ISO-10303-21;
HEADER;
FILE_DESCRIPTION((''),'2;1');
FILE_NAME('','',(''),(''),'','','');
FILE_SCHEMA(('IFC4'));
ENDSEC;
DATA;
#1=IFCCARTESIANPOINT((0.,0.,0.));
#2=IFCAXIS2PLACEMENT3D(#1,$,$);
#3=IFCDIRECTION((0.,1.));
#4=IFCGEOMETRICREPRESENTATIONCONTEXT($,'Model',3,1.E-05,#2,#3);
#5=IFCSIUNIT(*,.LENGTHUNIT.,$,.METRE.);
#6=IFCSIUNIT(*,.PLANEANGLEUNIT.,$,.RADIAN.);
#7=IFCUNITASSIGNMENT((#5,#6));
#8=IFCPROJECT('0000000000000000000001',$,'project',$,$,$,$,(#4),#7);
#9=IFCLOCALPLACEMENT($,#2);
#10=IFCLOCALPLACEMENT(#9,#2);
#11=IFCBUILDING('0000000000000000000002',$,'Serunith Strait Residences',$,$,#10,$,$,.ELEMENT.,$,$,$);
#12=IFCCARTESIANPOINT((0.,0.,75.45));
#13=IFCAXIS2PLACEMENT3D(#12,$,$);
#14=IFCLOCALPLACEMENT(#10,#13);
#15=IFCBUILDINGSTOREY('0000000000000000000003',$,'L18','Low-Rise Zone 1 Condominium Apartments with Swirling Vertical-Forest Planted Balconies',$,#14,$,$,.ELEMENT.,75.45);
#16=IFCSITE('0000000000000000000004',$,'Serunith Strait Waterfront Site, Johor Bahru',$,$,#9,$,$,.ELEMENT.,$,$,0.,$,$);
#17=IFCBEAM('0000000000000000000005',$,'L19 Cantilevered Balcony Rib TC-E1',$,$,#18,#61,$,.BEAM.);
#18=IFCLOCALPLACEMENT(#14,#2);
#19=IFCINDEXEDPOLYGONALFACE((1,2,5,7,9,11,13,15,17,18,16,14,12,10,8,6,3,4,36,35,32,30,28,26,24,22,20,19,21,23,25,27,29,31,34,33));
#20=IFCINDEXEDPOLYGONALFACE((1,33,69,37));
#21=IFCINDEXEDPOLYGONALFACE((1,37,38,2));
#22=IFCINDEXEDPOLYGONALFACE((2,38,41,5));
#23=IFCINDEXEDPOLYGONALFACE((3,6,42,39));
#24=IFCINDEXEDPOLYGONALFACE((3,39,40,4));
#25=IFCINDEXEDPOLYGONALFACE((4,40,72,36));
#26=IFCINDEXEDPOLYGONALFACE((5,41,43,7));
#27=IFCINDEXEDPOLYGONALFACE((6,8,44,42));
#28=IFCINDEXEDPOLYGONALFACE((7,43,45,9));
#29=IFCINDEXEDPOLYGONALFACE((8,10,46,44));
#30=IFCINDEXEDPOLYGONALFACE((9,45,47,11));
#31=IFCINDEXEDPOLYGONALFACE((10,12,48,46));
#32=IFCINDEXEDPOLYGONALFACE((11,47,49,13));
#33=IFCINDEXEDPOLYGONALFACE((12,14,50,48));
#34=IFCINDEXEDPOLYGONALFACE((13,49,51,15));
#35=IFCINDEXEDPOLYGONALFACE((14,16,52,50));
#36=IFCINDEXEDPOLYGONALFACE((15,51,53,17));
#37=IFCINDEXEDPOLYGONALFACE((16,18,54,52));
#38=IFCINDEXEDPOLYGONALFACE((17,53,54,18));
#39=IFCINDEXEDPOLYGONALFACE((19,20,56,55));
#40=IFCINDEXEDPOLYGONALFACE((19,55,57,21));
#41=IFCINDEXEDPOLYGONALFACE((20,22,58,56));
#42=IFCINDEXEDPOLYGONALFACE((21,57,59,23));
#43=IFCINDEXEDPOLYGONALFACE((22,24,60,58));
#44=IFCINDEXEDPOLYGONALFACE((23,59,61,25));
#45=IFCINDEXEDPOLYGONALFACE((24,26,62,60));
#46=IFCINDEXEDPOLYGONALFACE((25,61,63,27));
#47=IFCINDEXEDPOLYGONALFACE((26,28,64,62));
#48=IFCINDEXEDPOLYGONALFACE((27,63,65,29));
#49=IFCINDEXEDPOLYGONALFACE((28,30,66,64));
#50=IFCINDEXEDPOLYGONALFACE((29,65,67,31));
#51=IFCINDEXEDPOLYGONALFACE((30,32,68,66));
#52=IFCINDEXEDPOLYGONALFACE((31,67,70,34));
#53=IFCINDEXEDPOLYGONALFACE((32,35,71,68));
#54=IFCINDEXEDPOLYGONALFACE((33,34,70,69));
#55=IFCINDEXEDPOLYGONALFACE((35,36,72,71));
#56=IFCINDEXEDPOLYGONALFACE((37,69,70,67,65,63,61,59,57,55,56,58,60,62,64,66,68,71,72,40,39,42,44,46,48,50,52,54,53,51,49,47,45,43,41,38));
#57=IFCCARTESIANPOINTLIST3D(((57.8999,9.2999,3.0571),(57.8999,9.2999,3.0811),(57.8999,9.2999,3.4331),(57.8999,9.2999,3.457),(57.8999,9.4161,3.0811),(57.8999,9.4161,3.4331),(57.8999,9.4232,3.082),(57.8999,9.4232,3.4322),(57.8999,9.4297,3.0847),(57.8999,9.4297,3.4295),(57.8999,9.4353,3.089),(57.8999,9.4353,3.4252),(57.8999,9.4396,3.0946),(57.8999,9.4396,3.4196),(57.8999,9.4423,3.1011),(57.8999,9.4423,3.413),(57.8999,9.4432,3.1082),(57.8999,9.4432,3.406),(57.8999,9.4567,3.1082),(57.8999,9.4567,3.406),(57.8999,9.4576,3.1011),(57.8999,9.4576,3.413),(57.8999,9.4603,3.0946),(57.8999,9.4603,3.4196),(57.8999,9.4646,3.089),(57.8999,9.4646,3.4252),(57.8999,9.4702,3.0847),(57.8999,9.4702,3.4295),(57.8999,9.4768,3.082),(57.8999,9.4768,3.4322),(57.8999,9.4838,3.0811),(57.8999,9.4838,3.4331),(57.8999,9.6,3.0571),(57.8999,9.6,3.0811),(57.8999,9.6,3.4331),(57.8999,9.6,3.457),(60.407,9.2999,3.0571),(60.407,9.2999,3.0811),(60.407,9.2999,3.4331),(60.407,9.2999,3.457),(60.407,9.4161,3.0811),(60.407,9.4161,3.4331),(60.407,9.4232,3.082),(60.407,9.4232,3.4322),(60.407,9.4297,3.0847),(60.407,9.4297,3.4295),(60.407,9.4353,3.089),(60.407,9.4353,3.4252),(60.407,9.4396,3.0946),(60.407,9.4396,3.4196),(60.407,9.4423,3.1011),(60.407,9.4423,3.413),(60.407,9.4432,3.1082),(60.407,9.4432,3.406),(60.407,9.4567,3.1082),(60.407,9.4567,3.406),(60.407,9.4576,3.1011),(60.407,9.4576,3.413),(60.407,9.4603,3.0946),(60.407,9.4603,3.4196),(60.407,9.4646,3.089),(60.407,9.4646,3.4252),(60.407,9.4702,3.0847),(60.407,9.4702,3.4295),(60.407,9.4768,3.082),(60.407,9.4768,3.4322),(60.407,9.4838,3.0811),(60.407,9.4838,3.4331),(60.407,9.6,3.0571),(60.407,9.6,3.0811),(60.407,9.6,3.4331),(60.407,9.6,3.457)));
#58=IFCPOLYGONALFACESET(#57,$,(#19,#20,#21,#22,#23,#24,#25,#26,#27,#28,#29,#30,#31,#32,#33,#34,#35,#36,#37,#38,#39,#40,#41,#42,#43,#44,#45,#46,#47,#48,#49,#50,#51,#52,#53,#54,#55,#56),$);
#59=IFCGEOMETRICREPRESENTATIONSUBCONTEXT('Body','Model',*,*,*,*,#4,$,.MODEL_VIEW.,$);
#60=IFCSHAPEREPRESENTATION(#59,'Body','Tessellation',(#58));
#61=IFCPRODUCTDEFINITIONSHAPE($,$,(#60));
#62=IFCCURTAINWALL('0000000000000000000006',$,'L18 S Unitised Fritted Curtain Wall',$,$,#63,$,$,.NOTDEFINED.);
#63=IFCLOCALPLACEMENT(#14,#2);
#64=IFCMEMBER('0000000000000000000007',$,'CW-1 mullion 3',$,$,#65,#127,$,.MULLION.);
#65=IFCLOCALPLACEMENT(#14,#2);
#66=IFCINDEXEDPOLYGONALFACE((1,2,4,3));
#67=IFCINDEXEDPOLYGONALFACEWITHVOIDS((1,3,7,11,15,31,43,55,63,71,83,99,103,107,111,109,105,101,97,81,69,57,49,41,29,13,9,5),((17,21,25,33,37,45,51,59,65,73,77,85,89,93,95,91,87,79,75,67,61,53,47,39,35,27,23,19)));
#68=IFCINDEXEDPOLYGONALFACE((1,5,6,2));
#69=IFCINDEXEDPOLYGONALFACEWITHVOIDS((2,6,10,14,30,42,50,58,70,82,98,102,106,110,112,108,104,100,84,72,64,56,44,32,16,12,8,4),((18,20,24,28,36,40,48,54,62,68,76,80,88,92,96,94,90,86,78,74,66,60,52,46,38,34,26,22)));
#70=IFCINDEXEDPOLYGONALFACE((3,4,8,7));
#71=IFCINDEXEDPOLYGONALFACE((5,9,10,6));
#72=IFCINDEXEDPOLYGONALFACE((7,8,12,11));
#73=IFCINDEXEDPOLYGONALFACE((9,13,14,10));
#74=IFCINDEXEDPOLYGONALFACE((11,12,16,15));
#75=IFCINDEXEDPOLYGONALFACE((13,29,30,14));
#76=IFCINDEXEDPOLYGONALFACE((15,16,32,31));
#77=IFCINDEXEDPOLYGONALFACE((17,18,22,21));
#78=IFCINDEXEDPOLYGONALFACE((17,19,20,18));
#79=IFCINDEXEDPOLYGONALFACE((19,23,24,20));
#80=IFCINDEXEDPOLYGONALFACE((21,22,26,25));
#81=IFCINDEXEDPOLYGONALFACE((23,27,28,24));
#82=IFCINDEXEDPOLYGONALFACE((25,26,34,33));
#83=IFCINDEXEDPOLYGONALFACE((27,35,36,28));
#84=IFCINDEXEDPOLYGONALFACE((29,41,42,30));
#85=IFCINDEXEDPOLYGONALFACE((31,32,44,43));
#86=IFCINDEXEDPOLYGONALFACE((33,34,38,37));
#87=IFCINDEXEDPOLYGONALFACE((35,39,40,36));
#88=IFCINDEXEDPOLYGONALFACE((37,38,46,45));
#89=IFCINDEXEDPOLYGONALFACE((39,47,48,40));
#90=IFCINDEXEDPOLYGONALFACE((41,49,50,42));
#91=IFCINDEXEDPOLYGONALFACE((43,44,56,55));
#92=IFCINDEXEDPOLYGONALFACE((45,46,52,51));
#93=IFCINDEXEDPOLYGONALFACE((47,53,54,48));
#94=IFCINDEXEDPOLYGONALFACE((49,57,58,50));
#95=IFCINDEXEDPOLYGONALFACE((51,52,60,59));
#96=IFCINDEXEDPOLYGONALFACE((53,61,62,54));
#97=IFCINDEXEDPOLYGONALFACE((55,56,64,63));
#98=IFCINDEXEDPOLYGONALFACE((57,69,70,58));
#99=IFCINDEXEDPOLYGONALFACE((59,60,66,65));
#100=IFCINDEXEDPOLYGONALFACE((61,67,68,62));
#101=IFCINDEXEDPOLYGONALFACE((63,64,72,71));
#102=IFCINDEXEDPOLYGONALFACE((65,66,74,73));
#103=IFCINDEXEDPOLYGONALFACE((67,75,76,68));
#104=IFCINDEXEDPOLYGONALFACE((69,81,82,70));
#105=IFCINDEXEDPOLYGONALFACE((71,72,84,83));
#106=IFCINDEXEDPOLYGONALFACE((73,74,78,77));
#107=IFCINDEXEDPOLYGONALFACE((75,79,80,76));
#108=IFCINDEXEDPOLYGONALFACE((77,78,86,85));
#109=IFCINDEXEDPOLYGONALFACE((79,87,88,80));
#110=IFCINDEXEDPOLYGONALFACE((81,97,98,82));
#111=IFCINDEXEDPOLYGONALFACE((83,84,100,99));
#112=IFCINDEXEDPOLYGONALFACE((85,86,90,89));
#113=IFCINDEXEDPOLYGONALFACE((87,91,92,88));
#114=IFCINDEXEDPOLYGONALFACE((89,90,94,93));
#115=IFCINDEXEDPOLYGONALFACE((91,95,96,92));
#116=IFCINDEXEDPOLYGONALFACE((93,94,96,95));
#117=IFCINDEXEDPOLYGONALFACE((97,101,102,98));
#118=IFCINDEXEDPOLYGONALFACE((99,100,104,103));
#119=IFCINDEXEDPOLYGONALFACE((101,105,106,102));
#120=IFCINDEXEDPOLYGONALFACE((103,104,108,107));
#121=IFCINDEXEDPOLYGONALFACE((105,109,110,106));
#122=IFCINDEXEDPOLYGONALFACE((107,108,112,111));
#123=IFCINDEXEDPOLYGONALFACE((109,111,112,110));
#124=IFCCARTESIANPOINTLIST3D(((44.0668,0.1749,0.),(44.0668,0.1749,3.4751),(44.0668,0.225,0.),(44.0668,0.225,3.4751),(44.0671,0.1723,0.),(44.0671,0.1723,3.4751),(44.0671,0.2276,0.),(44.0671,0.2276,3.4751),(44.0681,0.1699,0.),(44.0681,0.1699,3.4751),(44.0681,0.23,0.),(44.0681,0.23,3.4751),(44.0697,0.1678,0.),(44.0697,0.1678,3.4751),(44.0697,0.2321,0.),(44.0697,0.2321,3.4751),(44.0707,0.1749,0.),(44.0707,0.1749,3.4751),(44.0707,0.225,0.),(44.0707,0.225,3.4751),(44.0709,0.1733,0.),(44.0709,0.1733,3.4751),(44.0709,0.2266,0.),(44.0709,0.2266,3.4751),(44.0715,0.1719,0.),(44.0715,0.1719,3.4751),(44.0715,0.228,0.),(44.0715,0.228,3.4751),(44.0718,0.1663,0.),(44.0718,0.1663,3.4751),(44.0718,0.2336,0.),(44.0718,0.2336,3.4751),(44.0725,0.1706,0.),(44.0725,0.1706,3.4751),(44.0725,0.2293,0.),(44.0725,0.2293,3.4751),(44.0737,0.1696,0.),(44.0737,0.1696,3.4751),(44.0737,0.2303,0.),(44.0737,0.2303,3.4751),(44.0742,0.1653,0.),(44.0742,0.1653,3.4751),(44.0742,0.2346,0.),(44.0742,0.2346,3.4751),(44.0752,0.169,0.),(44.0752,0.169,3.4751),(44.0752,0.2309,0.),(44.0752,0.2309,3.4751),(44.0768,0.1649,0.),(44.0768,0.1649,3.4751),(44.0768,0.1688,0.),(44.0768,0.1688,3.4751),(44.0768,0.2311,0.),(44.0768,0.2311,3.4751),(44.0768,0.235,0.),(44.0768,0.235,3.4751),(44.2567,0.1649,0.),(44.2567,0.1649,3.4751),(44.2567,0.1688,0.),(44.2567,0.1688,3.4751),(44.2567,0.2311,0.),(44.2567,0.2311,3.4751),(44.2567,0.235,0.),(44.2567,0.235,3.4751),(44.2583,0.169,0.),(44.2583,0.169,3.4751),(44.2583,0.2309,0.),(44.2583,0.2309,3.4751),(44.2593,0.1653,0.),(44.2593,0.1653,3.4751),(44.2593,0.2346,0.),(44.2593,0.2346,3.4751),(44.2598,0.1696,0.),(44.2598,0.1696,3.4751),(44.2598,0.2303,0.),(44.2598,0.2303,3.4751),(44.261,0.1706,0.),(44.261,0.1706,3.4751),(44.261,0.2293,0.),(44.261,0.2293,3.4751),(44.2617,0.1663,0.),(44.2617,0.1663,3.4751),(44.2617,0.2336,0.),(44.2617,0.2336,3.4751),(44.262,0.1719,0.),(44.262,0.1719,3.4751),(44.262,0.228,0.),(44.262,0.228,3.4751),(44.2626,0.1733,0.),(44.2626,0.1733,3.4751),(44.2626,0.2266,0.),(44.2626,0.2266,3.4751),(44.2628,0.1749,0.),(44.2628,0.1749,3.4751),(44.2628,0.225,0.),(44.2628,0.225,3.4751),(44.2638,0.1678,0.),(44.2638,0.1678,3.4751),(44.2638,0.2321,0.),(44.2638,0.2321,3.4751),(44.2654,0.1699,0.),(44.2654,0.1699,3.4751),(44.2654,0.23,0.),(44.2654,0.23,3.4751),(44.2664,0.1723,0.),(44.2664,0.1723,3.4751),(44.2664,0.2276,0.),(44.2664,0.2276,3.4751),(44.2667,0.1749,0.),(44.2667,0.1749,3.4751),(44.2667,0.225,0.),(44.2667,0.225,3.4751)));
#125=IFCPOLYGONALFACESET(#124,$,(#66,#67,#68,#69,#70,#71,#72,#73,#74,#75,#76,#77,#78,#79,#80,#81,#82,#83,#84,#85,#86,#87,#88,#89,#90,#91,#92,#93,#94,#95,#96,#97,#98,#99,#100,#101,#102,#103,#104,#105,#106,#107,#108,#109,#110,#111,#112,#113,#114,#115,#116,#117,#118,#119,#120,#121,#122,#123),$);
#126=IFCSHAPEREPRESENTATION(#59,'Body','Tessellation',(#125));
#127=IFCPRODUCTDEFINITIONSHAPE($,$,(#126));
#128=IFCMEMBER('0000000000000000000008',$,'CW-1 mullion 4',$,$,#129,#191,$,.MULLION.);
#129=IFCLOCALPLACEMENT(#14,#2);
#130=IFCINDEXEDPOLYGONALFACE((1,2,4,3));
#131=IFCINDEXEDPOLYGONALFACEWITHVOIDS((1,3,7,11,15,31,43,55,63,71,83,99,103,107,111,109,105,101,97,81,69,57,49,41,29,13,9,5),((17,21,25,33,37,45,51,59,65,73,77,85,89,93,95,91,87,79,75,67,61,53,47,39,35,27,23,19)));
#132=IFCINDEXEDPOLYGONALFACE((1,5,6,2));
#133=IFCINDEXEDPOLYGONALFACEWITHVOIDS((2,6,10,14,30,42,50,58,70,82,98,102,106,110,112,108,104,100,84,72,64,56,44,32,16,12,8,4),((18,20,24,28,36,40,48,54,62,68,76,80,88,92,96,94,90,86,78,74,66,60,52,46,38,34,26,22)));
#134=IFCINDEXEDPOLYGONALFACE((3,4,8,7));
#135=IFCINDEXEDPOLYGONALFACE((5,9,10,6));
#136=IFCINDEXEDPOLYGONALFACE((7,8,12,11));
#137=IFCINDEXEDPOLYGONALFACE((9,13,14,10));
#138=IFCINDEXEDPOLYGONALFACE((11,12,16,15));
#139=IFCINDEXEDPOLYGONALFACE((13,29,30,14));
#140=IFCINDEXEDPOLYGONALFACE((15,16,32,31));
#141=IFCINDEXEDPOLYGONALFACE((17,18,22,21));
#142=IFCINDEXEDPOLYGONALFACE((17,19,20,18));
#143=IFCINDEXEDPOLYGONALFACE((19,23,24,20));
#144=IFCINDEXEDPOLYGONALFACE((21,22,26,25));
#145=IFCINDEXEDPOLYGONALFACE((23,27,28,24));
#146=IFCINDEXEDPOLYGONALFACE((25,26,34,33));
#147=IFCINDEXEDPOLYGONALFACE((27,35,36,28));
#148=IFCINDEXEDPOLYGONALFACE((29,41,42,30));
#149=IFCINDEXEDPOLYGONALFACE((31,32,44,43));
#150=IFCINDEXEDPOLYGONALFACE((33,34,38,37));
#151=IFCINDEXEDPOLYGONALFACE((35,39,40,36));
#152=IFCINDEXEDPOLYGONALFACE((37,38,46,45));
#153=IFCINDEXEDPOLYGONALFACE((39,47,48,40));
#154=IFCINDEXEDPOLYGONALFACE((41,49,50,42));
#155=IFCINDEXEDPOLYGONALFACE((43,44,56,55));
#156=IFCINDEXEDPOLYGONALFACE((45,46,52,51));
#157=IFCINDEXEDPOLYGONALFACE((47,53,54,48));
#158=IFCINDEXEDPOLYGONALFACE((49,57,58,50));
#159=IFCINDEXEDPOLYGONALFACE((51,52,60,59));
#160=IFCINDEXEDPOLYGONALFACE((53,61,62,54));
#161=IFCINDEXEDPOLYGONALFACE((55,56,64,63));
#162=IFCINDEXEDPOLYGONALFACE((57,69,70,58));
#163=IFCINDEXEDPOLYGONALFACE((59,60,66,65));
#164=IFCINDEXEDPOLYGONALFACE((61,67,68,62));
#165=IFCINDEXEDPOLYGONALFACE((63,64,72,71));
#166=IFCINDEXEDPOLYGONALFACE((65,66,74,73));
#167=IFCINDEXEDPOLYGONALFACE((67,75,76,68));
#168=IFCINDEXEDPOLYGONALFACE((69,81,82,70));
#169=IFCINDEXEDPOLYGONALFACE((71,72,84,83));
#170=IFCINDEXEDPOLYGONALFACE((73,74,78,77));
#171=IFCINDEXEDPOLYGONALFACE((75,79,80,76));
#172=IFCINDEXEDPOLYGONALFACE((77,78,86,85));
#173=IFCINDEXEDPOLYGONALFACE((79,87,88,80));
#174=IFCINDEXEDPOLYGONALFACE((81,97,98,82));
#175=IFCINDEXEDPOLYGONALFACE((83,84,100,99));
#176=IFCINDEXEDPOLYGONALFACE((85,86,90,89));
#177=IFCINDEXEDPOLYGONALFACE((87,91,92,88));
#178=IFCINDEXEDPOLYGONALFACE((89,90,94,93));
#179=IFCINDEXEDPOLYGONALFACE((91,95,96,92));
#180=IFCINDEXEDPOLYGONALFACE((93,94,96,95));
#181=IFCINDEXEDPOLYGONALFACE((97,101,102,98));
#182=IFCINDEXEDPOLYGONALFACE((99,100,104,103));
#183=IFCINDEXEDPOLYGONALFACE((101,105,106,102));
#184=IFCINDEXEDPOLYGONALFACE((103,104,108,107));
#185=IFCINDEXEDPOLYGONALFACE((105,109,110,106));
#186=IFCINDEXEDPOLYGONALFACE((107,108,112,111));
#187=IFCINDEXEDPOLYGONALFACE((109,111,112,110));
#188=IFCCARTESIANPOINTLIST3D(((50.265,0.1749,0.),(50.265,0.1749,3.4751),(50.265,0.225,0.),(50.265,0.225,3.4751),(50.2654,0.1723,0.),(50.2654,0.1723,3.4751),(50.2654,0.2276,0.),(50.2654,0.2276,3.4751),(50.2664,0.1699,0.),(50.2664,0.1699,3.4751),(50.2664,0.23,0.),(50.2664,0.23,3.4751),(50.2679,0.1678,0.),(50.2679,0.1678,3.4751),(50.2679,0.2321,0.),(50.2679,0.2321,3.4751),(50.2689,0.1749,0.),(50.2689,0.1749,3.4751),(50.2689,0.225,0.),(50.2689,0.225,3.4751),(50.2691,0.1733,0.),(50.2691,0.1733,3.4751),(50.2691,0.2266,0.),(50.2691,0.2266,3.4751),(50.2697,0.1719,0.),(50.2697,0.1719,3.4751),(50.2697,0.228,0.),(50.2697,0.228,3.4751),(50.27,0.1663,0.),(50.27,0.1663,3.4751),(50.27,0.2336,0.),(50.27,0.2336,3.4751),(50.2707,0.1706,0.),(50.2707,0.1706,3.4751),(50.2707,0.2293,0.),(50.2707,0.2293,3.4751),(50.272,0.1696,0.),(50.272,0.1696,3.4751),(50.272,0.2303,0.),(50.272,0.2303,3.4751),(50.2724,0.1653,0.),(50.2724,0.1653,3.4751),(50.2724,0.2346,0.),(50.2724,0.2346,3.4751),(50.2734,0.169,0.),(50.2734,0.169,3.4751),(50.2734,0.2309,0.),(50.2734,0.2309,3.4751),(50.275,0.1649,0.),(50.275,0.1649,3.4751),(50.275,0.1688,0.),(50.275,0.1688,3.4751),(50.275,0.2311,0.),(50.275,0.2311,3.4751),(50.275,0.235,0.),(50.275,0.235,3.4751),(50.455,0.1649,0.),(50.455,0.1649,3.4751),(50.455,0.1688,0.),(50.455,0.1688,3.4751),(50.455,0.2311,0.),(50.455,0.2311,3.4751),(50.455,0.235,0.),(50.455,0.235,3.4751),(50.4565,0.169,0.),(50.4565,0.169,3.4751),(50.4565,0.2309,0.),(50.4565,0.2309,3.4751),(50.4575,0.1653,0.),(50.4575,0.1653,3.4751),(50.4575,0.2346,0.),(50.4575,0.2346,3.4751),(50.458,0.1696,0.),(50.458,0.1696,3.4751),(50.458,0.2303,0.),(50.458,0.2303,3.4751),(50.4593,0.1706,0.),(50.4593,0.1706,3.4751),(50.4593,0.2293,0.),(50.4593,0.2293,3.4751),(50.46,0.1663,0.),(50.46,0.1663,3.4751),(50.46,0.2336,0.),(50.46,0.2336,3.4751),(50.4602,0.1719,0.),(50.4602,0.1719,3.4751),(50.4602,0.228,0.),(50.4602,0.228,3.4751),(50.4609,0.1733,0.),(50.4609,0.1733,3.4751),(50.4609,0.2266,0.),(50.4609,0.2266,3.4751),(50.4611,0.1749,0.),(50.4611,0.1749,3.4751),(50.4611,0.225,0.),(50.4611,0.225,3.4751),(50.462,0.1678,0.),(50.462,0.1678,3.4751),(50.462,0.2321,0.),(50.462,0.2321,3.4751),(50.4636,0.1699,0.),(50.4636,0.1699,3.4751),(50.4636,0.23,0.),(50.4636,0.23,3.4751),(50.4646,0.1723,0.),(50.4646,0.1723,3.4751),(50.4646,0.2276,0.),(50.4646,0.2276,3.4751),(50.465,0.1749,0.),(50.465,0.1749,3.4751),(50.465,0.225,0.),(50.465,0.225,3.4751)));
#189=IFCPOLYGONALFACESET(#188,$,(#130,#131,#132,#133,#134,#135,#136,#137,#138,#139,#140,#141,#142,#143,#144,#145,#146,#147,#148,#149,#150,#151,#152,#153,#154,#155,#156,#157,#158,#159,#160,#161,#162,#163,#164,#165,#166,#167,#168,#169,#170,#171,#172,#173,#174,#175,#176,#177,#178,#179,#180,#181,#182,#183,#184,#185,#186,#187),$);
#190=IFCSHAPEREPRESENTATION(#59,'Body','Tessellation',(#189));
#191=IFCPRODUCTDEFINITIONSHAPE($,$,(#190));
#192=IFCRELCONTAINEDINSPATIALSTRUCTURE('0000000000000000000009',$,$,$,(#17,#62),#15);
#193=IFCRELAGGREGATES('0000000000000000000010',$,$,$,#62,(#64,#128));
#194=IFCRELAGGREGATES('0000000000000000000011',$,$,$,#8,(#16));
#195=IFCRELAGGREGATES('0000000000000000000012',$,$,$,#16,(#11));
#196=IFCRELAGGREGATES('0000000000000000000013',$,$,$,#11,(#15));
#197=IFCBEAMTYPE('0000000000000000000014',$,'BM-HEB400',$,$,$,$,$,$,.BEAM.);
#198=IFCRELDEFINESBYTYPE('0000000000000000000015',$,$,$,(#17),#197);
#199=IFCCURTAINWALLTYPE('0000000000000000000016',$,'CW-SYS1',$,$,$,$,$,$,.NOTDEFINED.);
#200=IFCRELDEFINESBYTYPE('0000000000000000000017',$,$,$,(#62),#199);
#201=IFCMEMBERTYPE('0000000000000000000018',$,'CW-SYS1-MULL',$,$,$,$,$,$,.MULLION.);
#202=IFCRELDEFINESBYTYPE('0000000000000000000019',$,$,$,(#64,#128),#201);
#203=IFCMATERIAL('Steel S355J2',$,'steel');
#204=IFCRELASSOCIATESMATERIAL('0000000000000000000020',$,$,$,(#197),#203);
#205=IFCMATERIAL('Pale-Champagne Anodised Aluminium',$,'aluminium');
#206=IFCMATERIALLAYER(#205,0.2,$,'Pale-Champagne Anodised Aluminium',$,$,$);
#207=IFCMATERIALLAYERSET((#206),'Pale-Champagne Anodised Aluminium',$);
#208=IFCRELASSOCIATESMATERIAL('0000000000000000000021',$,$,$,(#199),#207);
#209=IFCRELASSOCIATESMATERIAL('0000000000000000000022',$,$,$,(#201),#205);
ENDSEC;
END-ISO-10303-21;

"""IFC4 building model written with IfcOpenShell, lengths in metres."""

from ifc_helpers import new_model, si_unit, direction, frame, origin, origin_2d, place, context, subcontext, project, spatial, hollow_rectangle, i_section, extrude, source, transform, mapped, material, layer, layer_set, material_profile, profile_set, type_object, element, aggregate, save


model = new_model("IFC4")

# Units and contexts
model_context = context("Model", 3, precision=1e-05, world=origin(), true_north=direction((0.0, 1.0)))
body_context = subcontext(model_context, "Body", "Model", "MODEL_VIEW")
ifc_project = project(units=[si_unit("LENGTHUNIT", "METRE"), si_unit("PLANEANGLEUNIT", "RADIAN")], contexts=[model_context])

# Site, building, storey
site_placement = place(None, origin())
site = spatial("IfcSite", under=ifc_project, at=site_placement, Name="Serunith Strait Waterfront Site, Johor Bahru", CompositionType="ELEMENT", RefElevation=0.0)
building_placement = place(site_placement, origin())
building = spatial("IfcBuilding", under=site, at=building_placement, Name="Serunith Strait Residences", CompositionType="ELEMENT")
storey_placement = place(building_placement, frame((0.0, 0.0, 75.45)))
storey = spatial("IfcBuildingStorey", under=building, at=storey_placement, Name="L18", Description="Low-Rise Zone 1 Condominium Apartments with Swirling Vertical-Forest Planted Balconies", CompositionType="ELEMENT", Elevation=75.45)

# Beam
ifc_material_1 = material(Name="Steel S355J2", Category="steel")
ifc_material_profile_1 = material_profile(ifc_material_1, i_section(OverallWidth=0.3, OverallDepth=0.3999, WebThickness=0.0134, FlangeThickness=0.0239, FilletRadius=0.0271, at=origin_2d()), Name="HEB 400")
ifc_profile_set_1 = profile_set([ifc_material_profile_1], Name="Steel S355J2")
beam_type_1 = type_object("IfcBeamType", Name="BM-HEB400", PredefinedType="BEAM", material=ifc_profile_set_1)
shared_shape_1 = source(origin(), body_context, "Body", "SweptSolid", [
    extrude(i_section(OverallWidth=0.3, OverallDepth=0.3999, WebThickness=0.0134, FlangeThickness=0.0239, FilletRadius=0.0271, at=origin_2d()), origin(), (0.0, 0.0, 1.0), 2.5071),
])
beam_1_placement = place(storey_placement, frame((57.8999, 9.45, 3.2571), z_axis=(1.0, 0.0, 0.0), x_axis=(0.0, 1.0, 0.0)))
element("IfcBeam", 1, at=beam_1_placement, inside=storey, type_object=beam_type_1, Name="L19 Cantilevered Balcony Rib TC-E1", PredefinedType="BEAM", context=body_context, shape_type="MappedRepresentation", body=[
    mapped(shared_shape_1, transform((0.0, 0.0, 0.0), scale=1.0)),
])

# Curtain wall, members
ifc_material_2 = material(Name="Pale-Champagne Anodised Aluminium", Category="aluminium")
ifc_layer_1 = layer(ifc_material_2, 0.2, Name="Pale-Champagne Anodised Aluminium")
ifc_layer_set_1 = layer_set([ifc_layer_1], Name="Pale-Champagne Anodised Aluminium")
curtain_wall_type = type_object("IfcCurtainWallType", Name="CW-SYS1", PredefinedType="NOTDEFINED", material=ifc_layer_set_1)
curtain_wall_1_placement = place(storey_placement, origin())
curtain_wall_1 = element("IfcCurtainWall", 2, at=curtain_wall_1_placement, inside=storey, type_object=curtain_wall_type, Name="L18 S Unitised Fritted Curtain Wall", PredefinedType="NOTDEFINED")
ifc_material_profile_2 = material_profile(ifc_material_2, hollow_rectangle(XDim=0.0701, YDim=0.2, WallThickness=0.0039, InnerFilletRadius=0.0061, OuterFilletRadius=0.01, at=origin_2d()), Name="ALU 200x70x4")
ifc_profile_set_2 = profile_set([ifc_material_profile_2], Name="Pale-Champagne Anodised Aluminium")
member_type_1 = type_object("IfcMemberType", Name="CW-SYS1-MULL", PredefinedType="MULLION", material=ifc_profile_set_2)
shared_shape_2 = source(origin(), body_context, "Body", "SweptSolid", [
    extrude(hollow_rectangle(XDim=0.0701, YDim=0.2, WallThickness=0.0039, InnerFilletRadius=0.0061, OuterFilletRadius=0.01, at=origin_2d()), origin(), (0.0, 0.0, 1.0), 3.4751),
])
member_1_placement = place(storey_placement, frame((44.1667, 0.2, 0.0), z_axis=(0.0, 0.0, 1.0), x_axis=(0.0, 1.0, 0.0)))
member_1 = element("IfcMember", 3, at=member_1_placement, type_object=member_type_1, Name="CW-1 mullion 3", PredefinedType="MULLION", context=body_context, shape_type="MappedRepresentation", body=[
    mapped(shared_shape_2, transform((0.0, 0.0, 0.0), scale=1.0)),
])
member_2_placement = place(storey_placement, frame((50.365, 0.2, 0.0), z_axis=(0.0, 0.0, 1.0), x_axis=(0.0, 1.0, 0.0)))
member_2 = element("IfcMember", 4, at=member_2_placement, type_object=member_type_1, Name="CW-1 mullion 4", PredefinedType="MULLION", context=body_context, shape_type="MappedRepresentation", body=[
    mapped(shared_shape_2, transform((0.0, 0.0, 0.0), scale=1.0)),
])

aggregate(curtain_wall_1, [member_1, member_2])

save(model, "model.ifc")
